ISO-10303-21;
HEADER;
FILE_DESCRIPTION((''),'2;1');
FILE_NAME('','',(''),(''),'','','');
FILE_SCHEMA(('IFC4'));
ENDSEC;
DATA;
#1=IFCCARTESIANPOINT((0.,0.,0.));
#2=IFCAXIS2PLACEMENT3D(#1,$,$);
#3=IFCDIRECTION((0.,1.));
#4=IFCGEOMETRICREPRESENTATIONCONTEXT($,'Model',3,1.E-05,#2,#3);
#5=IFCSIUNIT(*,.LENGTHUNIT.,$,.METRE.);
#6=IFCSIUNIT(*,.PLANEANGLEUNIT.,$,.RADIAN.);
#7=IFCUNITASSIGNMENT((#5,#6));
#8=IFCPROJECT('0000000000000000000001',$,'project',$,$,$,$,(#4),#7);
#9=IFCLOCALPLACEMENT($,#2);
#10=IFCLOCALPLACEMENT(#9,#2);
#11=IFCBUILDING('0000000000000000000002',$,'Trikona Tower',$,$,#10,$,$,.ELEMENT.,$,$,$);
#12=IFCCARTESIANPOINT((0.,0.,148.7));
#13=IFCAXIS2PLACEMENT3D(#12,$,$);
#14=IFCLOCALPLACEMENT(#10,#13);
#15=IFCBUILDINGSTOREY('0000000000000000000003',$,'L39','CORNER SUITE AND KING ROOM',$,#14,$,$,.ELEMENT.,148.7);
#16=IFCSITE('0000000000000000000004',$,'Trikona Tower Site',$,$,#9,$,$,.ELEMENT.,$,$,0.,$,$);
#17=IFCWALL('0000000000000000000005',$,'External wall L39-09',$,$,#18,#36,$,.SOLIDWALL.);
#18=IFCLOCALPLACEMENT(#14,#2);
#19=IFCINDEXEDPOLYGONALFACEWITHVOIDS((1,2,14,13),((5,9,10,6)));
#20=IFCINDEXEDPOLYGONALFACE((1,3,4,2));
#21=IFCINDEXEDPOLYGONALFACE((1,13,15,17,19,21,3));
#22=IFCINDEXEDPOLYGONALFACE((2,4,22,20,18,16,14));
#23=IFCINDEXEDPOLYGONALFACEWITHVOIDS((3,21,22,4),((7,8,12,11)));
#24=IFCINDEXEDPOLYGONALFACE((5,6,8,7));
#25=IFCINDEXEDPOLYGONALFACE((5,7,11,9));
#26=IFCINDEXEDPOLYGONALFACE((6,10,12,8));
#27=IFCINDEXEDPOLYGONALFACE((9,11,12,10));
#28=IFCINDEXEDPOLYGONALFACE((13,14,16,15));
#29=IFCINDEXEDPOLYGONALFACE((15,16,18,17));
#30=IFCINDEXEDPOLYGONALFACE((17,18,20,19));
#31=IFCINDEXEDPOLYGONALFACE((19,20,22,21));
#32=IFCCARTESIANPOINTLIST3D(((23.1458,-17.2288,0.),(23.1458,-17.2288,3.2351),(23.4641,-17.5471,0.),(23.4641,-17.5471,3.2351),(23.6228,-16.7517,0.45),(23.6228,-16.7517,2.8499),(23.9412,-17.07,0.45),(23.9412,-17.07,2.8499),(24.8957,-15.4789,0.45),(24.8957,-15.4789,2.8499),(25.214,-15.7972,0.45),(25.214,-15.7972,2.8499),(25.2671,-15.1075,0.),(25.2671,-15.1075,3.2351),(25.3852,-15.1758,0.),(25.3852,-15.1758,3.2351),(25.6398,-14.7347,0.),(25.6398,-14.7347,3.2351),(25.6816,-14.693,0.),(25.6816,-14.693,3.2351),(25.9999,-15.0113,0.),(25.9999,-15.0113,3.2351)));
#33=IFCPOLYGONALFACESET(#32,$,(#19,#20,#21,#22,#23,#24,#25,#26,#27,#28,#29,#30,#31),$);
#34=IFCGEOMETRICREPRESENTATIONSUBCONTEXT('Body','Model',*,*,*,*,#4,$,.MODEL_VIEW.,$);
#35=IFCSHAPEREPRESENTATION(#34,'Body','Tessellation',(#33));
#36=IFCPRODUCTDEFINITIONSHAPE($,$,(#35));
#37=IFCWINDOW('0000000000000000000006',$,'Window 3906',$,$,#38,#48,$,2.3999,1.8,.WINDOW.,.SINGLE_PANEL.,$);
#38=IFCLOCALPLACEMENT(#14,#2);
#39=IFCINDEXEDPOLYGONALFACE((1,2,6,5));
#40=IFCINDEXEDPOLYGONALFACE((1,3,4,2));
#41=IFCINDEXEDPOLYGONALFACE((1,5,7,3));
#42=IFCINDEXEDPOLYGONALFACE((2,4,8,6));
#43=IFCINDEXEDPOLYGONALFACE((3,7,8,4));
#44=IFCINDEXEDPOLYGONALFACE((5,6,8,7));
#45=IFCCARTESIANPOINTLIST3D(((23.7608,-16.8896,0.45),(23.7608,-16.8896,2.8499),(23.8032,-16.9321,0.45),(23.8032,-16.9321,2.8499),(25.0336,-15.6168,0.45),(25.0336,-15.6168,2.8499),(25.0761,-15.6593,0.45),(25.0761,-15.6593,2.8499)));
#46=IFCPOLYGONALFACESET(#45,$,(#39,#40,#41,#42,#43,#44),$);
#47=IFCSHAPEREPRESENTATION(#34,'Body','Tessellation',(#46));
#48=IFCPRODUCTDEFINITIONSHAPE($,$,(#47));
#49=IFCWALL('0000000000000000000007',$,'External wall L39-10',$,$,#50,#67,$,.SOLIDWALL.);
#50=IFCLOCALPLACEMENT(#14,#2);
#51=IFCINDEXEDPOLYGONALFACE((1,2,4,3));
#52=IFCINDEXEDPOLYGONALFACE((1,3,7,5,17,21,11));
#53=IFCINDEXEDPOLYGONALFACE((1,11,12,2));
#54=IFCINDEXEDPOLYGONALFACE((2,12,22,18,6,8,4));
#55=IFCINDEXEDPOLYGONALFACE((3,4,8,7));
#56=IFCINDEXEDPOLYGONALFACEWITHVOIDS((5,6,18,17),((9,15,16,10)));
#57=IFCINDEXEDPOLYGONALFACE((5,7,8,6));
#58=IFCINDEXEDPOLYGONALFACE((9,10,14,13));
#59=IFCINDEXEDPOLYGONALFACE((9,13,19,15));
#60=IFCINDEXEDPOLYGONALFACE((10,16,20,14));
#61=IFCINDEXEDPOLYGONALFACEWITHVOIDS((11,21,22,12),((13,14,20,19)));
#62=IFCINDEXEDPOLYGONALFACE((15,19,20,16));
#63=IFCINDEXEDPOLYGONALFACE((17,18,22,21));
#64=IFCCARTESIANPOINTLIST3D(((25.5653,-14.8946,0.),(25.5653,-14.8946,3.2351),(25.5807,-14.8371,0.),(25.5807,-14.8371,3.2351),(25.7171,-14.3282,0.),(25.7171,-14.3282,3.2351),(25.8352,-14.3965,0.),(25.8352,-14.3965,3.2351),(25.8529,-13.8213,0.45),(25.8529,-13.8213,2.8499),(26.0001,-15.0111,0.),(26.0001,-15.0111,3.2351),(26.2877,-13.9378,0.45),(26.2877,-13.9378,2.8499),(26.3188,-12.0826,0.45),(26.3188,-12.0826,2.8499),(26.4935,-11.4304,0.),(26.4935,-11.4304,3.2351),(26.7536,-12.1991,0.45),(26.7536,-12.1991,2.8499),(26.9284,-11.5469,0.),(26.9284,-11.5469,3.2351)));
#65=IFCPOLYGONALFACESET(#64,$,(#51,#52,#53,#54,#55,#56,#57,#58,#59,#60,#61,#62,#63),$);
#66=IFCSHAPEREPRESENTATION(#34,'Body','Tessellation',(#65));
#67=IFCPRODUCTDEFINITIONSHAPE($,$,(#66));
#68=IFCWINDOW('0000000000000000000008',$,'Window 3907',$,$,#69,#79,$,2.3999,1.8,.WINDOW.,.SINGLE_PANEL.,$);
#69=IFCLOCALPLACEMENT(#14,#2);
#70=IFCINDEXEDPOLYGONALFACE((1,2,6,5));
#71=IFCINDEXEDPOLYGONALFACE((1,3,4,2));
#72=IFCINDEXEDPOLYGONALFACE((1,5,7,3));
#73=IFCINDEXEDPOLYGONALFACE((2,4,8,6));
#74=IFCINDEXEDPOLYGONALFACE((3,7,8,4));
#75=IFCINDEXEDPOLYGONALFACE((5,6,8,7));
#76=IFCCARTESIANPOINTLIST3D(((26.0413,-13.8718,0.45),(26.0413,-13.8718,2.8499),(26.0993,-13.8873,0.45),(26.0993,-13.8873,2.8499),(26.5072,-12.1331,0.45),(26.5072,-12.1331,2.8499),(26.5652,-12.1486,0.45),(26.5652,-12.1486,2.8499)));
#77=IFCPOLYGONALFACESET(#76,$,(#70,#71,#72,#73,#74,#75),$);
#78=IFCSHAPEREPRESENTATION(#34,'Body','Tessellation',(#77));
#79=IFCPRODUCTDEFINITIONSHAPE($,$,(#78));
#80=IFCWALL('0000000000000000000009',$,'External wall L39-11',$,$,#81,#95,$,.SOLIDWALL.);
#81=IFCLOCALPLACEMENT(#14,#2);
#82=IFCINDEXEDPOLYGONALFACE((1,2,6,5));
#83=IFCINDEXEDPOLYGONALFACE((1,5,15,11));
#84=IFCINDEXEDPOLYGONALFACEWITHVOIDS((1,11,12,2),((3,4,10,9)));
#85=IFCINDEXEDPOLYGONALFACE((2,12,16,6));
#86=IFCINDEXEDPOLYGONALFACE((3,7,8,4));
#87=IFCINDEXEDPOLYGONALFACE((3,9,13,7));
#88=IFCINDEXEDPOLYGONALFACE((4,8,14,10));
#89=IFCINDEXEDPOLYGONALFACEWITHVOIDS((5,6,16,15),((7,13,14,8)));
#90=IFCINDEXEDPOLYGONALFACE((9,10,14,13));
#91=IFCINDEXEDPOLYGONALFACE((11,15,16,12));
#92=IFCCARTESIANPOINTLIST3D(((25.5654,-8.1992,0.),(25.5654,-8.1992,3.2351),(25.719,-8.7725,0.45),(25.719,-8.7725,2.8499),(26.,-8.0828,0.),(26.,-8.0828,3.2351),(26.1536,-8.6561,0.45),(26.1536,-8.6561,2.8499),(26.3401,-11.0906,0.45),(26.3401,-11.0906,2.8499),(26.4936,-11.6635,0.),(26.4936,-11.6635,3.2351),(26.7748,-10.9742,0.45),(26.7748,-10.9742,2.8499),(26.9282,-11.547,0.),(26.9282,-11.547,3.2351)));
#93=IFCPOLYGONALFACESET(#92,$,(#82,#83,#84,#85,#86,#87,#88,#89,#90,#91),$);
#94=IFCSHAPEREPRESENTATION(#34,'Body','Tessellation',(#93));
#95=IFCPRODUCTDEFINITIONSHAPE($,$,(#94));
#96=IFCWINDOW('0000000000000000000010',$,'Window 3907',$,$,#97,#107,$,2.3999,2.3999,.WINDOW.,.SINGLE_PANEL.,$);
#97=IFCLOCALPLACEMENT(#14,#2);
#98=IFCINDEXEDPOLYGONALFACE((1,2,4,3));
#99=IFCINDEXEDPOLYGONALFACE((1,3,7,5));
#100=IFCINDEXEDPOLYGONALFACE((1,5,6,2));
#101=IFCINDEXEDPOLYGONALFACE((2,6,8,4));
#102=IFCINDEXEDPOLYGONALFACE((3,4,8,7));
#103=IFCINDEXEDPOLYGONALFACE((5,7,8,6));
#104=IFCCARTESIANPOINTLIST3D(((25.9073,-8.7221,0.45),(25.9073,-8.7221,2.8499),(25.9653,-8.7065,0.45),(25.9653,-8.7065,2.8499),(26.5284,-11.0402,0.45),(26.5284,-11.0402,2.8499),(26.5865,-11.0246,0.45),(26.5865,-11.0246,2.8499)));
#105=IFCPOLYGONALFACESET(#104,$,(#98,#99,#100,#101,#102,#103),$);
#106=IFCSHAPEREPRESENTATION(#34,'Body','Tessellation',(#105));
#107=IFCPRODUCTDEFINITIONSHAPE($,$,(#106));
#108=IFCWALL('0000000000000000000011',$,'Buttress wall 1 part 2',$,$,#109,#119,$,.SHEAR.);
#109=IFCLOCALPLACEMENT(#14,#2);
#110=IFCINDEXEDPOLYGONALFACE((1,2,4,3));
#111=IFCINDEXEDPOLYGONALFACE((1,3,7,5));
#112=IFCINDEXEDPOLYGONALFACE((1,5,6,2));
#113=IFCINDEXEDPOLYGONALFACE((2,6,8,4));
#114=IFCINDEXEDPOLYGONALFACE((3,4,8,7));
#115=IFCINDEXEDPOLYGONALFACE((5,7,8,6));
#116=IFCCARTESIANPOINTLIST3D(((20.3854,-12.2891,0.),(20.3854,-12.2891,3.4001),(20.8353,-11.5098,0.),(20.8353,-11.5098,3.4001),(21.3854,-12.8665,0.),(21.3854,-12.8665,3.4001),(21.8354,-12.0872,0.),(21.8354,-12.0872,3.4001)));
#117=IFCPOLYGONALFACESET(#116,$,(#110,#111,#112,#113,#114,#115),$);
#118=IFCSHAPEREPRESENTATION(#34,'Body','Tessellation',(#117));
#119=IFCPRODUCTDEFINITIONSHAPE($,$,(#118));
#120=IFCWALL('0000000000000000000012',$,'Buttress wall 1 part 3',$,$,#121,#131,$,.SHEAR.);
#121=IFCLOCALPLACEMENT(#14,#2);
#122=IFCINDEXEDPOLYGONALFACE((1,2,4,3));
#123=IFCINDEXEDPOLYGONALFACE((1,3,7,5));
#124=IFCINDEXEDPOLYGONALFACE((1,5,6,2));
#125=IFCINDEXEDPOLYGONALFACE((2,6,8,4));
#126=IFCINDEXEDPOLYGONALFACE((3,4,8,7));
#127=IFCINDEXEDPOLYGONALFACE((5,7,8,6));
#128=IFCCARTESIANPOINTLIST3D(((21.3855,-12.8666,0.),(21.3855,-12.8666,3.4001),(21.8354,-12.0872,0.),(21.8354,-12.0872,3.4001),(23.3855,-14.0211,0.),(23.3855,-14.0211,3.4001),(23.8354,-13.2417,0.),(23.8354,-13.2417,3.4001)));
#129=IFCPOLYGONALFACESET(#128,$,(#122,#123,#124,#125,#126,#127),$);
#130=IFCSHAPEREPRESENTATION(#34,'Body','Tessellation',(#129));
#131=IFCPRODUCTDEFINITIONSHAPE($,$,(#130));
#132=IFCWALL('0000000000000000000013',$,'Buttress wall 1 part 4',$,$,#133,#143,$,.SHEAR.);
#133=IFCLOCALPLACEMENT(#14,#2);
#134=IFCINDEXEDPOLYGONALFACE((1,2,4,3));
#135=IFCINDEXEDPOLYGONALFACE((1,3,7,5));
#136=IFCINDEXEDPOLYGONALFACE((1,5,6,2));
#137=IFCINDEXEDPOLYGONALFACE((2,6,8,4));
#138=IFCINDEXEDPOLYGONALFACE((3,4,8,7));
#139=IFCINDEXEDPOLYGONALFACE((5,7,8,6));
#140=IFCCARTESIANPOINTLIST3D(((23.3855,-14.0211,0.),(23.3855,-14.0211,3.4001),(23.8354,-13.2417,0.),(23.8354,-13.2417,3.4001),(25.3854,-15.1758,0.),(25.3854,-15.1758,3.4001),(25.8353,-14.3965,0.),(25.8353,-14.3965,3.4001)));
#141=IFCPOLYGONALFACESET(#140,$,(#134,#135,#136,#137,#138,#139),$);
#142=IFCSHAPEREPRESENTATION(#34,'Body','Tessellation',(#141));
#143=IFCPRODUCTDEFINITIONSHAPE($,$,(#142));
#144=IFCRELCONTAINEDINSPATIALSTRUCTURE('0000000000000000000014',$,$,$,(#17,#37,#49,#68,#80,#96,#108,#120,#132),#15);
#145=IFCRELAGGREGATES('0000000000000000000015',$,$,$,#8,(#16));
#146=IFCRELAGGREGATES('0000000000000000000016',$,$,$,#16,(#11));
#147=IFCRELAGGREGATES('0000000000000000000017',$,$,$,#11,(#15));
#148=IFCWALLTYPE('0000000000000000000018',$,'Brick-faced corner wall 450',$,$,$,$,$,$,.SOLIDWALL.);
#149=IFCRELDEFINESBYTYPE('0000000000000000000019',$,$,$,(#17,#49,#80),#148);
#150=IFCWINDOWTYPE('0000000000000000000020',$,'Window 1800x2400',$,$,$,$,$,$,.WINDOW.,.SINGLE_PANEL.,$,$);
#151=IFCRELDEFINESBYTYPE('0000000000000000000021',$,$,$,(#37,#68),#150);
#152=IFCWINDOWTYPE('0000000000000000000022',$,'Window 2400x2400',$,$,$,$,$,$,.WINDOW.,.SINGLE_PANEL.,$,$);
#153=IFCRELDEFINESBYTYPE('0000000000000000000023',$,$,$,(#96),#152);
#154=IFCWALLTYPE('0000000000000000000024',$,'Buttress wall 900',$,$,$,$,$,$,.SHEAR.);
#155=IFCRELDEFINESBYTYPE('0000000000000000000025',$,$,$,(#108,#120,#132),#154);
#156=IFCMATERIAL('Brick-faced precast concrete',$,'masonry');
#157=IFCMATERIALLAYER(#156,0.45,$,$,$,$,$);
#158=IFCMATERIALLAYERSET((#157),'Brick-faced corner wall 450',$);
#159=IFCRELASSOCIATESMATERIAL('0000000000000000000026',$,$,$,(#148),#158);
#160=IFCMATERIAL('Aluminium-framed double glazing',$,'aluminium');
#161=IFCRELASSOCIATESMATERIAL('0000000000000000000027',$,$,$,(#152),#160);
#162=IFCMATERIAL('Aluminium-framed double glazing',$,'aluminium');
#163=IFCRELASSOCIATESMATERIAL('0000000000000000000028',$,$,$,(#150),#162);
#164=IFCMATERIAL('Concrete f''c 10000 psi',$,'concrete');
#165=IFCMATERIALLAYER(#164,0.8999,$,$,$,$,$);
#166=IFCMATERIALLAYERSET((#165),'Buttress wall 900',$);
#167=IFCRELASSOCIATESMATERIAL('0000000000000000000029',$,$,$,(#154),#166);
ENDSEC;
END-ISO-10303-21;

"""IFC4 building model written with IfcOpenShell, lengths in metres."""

from ifc_helpers import new_model, si_unit, direction, frame, frame_2d, origin, place, context, subcontext, project, spatial, polyline, rectangle, outline, extrude, material, layer, layer_set, type_object, element, fill, save


model = new_model("IFC4")

# Units and contexts
model_context = context("Model", 3, precision=1e-05, world=origin(), true_north=direction((0.0, 1.0)))
body_context = subcontext(model_context, "Body", "Model", "MODEL_VIEW")
ifc_project = project(units=[si_unit("LENGTHUNIT", "METRE"), si_unit("PLANEANGLEUNIT", "RADIAN")], contexts=[model_context])

# Site, building, storey
site_placement = place(None, origin())
site = spatial("IfcSite", under=ifc_project, at=site_placement, Name="Trikona Tower Site", CompositionType="ELEMENT", RefElevation=0.0)
building_placement = place(site_placement, origin())
building = spatial("IfcBuilding", under=site, at=building_placement, Name="Trikona Tower", CompositionType="ELEMENT")
storey_placement = place(building_placement, frame((0.0, 0.0, 148.7)))
storey = spatial("IfcBuildingStorey", under=building, at=storey_placement, Name="L39", Description="CORNER SUITE AND KING ROOM", CompositionType="ELEMENT", Elevation=148.7)

# Walls, openings, windows
ifc_material_1 = material(Name="Brick-faced precast concrete", Category="masonry")
ifc_layer_1 = layer(ifc_material_1, 0.45)
ifc_layer_set_1 = layer_set([ifc_layer_1], Name="Brick-faced corner wall 450")
wall_type_1 = type_object("IfcWallType", Name="Brick-faced corner wall 450", PredefinedType="SOLIDWALL", material=ifc_layer_set_1)
ifc_material_2 = material(Name="Aluminium-framed double glazing", Category="aluminium")
window_type_1 = type_object("IfcWindowType", Name="Window 2400x2400", PartitioningType="SINGLE_PANEL", PredefinedType="WINDOW", material=ifc_material_2)
wall_1_placement = place(storey_placement, frame((23.3049, -17.3879, 0.0), z_axis=(0.0, 0.0, 1.0), x_axis=(0.707107, 0.707107, 0.0)))
wall_1 = element("IfcWall", 1, at=wall_1_placement, inside=storey, type_object=wall_type_1, Name="External wall L39-09", PredefinedType="SOLIDWALL", context=body_context, shape_type="SweptSolid", body=[
    extrude(outline(polyline([(3.5862, 0.2251), (3.5271, 0.2251), (3.0352, 0.0933), (3.0, 0.2251), (0.0, 0.2251), (0.0, -0.2251), (3.5862, -0.2251), (3.5862, 0.2251)])), origin(), (0.0, 0.0, 1.0), 3.2351),
])
opening_1_placement = place(wall_1_placement, frame((0.6748, 0.0, 0.45)))
opening_1 = element("IfcOpeningElement", 2, at=opening_1_placement, cuts=wall_1, PredefinedType="OPENING", context=body_context, shape_type="SweptSolid", body=[
    extrude(rectangle(XDim=1.8, YDim=2.3999, at=frame_2d((0.8999, 1.2))), frame((0.0, 0.2349, 0.0), z_axis=(0.0, -1.0, 0.0), x_axis=(1.0, 0.0, 0.0)), (0.0, 0.0, 1.0), 0.47),
])
ifc_material_3 = material(Name="Aluminium-framed double glazing", Category="aluminium")
window_type_2 = type_object("IfcWindowType", Name="Window 1800x2400", PartitioningType="SINGLE_PANEL", PredefinedType="WINDOW", material=ifc_material_3)
window_1_placement = place(opening_1_placement, origin())
window_1 = element("IfcWindow", 3, at=window_1_placement, inside=storey, type_object=window_type_2, Name="Window 3906", OverallHeight=2.3999, OverallWidth=1.8, PartitioningType="SINGLE_PANEL", PredefinedType="WINDOW", context=body_context, shape_type="SweptSolid", body=[
    extrude(rectangle(XDim=1.8, YDim=2.3999, at=frame_2d((0.8999, 1.2))), frame((0.0, 0.03, 0.0), z_axis=(0.0, -1.0, 0.0), x_axis=(1.0, 0.0, 0.0)), (0.0, 0.0, 1.0), 0.0601),
])
fill(opening_1, window_1)
wall_2_placement = place(storey_placement, frame((25.7827, -14.9529, 0.0), z_axis=(0.0, 0.0, 1.0), x_axis=(0.258823, 0.965925, 0.0)))
wall_2 = element("IfcWall", 4, at=wall_2_placement, inside=storey, type_object=wall_type_1, Name="External wall L39-10", PredefinedType="SOLIDWALL", context=body_context, shape_type="SweptSolid", body=[
    extrude(outline(polyline([(3.5864, 0.2251), (0.5864, 0.2251), (0.551, 0.0933), (0.0596, 0.2251), (0.0, 0.2251), (0.0, -0.2251), (3.5864, -0.2251), (3.5864, 0.2251)])), origin(), (0.0, 0.0, 1.0), 3.2351),
])
opening_2_placement = place(wall_2_placement, frame((1.1113, 0.0, 0.45)))
opening_2 = element("IfcOpeningElement", 5, at=opening_2_placement, cuts=wall_2, PredefinedType="OPENING", context=body_context, shape_type="SweptSolid", body=[
    extrude(rectangle(XDim=1.8, YDim=2.3999, at=frame_2d((0.8999, 1.2))), frame((0.0, 0.2349, 0.0), z_axis=(0.0, -1.0, 0.0), x_axis=(1.0, 0.0, 0.0)), (0.0, 0.0, 1.0), 0.47),
])
window_2_placement = place(opening_2_placement, origin())
window_2 = element("IfcWindow", 6, at=window_2_placement, inside=storey, type_object=window_type_2, Name="Window 3907", OverallHeight=2.3999, OverallWidth=1.8, PartitioningType="SINGLE_PANEL", PredefinedType="WINDOW", context=body_context, shape_type="SweptSolid", body=[
    extrude(rectangle(XDim=1.8, YDim=2.3999, at=frame_2d((0.8999, 1.2))), frame((0.0, 0.03, 0.0), z_axis=(0.0, -1.0, 0.0), x_axis=(1.0, 0.0, 0.0)), (0.0, 0.0, 1.0), 0.0601),
])
fill(opening_2, window_2)
wall_3_placement = place(storey_placement, frame((26.7109, -11.6052, 0.0), z_axis=(0.0, 0.0, 1.0), x_axis=(-0.258823, 0.965925, 0.0)))
wall_3 = element("IfcWall", 7, at=wall_3_placement, inside=storey, type_object=wall_type_1, Name="External wall L39-11", PredefinedType="SOLIDWALL", context=body_context, shape_type="SweptSolid", body=[
    extrude(rectangle(XDim=3.5864, YDim=0.45, at=frame_2d((1.7932, 0.0))), origin(), (0.0, 0.0, 1.0), 3.2351),
])
opening_3_placement = place(wall_3_placement, frame((0.593, 0.0, 0.45)))
opening_3 = element("IfcOpeningElement", 8, at=opening_3_placement, cuts=wall_3, PredefinedType="OPENING", context=body_context, shape_type="SweptSolid", body=[
    extrude(rectangle(XDim=2.3999, YDim=2.3999, at=frame_2d((1.2, 1.2))), frame((0.0, 0.2349, 0.0), z_axis=(0.0, -1.0, 0.0), x_axis=(1.0, 0.0, 0.0)), (0.0, 0.0, 1.0), 0.47),
])
window_3_placement = place(opening_3_placement, origin())
window_3 = element("IfcWindow", 9, at=window_3_placement, inside=storey, type_object=window_type_1, Name="Window 3907", OverallHeight=2.3999, OverallWidth=2.3999, PartitioningType="SINGLE_PANEL", PredefinedType="WINDOW", context=body_context, shape_type="SweptSolid", body=[
    extrude(rectangle(XDim=2.3999, YDim=2.3999, at=frame_2d((1.2, 1.2))), frame((0.0, 0.03, 0.0), z_axis=(0.0, -1.0, 0.0), x_axis=(1.0, 0.0, 0.0)), (0.0, 0.0, 1.0), 0.0601),
])
fill(opening_3, window_3)

# Walls
ifc_material_4 = material(Name="Concrete f'c 10000 psi", Category="concrete")
ifc_layer_2 = layer(ifc_material_4, 0.8999)
ifc_layer_set_2 = layer_set([ifc_layer_2], Name="Buttress wall 900")
wall_type_2 = type_object("IfcWallType", Name="Buttress wall 900", PredefinedType="SHEAR", material=ifc_layer_set_2)
wall_4_placement = place(storey_placement, frame((20.6104, -11.8994, 0.0), z_axis=(0.0, 0.0, 1.0), x_axis=(0.86601, -0.500027, 0.0)))
element("IfcWall", 10, at=wall_4_placement, inside=storey, type_object=wall_type_2, Name="Buttress wall 1 part 2", PredefinedType="SHEAR", context=body_context, shape_type="SweptSolid", body=[
    extrude(rectangle(XDim=1.1548, YDim=0.8999, at=frame_2d((0.5774, 0.0))), origin(), (0.0, 0.0, 1.0), 3.4001),
])
for number, where, z_axis, x_axis, name in (
    (11, (21.6104, -12.4768, 0.0), (0.0, 0.0, 1.0), (0.866055, -0.499948, 0.0), "Buttress wall 1 part 3"),
    (12, (23.6104, -13.6313, 0.0), (0.0, 0.0, 1.0), (0.86601, -0.500027, 0.0), "Buttress wall 1 part 4"),
):
    element("IfcWall", number, at=place(storey_placement, frame(where, z_axis=z_axis, x_axis=x_axis)), inside=storey, type_object=wall_type_2, Name=name, PredefinedType="SHEAR", context=body_context, shape_type="SweptSolid", body=[
        extrude(rectangle(XDim=2.3093, YDim=0.8999, at=frame_2d((1.1548, 0.0))), origin(), (0.0, 0.0, 1.0), 3.4001),
    ])

save(model, "model.ifc")
